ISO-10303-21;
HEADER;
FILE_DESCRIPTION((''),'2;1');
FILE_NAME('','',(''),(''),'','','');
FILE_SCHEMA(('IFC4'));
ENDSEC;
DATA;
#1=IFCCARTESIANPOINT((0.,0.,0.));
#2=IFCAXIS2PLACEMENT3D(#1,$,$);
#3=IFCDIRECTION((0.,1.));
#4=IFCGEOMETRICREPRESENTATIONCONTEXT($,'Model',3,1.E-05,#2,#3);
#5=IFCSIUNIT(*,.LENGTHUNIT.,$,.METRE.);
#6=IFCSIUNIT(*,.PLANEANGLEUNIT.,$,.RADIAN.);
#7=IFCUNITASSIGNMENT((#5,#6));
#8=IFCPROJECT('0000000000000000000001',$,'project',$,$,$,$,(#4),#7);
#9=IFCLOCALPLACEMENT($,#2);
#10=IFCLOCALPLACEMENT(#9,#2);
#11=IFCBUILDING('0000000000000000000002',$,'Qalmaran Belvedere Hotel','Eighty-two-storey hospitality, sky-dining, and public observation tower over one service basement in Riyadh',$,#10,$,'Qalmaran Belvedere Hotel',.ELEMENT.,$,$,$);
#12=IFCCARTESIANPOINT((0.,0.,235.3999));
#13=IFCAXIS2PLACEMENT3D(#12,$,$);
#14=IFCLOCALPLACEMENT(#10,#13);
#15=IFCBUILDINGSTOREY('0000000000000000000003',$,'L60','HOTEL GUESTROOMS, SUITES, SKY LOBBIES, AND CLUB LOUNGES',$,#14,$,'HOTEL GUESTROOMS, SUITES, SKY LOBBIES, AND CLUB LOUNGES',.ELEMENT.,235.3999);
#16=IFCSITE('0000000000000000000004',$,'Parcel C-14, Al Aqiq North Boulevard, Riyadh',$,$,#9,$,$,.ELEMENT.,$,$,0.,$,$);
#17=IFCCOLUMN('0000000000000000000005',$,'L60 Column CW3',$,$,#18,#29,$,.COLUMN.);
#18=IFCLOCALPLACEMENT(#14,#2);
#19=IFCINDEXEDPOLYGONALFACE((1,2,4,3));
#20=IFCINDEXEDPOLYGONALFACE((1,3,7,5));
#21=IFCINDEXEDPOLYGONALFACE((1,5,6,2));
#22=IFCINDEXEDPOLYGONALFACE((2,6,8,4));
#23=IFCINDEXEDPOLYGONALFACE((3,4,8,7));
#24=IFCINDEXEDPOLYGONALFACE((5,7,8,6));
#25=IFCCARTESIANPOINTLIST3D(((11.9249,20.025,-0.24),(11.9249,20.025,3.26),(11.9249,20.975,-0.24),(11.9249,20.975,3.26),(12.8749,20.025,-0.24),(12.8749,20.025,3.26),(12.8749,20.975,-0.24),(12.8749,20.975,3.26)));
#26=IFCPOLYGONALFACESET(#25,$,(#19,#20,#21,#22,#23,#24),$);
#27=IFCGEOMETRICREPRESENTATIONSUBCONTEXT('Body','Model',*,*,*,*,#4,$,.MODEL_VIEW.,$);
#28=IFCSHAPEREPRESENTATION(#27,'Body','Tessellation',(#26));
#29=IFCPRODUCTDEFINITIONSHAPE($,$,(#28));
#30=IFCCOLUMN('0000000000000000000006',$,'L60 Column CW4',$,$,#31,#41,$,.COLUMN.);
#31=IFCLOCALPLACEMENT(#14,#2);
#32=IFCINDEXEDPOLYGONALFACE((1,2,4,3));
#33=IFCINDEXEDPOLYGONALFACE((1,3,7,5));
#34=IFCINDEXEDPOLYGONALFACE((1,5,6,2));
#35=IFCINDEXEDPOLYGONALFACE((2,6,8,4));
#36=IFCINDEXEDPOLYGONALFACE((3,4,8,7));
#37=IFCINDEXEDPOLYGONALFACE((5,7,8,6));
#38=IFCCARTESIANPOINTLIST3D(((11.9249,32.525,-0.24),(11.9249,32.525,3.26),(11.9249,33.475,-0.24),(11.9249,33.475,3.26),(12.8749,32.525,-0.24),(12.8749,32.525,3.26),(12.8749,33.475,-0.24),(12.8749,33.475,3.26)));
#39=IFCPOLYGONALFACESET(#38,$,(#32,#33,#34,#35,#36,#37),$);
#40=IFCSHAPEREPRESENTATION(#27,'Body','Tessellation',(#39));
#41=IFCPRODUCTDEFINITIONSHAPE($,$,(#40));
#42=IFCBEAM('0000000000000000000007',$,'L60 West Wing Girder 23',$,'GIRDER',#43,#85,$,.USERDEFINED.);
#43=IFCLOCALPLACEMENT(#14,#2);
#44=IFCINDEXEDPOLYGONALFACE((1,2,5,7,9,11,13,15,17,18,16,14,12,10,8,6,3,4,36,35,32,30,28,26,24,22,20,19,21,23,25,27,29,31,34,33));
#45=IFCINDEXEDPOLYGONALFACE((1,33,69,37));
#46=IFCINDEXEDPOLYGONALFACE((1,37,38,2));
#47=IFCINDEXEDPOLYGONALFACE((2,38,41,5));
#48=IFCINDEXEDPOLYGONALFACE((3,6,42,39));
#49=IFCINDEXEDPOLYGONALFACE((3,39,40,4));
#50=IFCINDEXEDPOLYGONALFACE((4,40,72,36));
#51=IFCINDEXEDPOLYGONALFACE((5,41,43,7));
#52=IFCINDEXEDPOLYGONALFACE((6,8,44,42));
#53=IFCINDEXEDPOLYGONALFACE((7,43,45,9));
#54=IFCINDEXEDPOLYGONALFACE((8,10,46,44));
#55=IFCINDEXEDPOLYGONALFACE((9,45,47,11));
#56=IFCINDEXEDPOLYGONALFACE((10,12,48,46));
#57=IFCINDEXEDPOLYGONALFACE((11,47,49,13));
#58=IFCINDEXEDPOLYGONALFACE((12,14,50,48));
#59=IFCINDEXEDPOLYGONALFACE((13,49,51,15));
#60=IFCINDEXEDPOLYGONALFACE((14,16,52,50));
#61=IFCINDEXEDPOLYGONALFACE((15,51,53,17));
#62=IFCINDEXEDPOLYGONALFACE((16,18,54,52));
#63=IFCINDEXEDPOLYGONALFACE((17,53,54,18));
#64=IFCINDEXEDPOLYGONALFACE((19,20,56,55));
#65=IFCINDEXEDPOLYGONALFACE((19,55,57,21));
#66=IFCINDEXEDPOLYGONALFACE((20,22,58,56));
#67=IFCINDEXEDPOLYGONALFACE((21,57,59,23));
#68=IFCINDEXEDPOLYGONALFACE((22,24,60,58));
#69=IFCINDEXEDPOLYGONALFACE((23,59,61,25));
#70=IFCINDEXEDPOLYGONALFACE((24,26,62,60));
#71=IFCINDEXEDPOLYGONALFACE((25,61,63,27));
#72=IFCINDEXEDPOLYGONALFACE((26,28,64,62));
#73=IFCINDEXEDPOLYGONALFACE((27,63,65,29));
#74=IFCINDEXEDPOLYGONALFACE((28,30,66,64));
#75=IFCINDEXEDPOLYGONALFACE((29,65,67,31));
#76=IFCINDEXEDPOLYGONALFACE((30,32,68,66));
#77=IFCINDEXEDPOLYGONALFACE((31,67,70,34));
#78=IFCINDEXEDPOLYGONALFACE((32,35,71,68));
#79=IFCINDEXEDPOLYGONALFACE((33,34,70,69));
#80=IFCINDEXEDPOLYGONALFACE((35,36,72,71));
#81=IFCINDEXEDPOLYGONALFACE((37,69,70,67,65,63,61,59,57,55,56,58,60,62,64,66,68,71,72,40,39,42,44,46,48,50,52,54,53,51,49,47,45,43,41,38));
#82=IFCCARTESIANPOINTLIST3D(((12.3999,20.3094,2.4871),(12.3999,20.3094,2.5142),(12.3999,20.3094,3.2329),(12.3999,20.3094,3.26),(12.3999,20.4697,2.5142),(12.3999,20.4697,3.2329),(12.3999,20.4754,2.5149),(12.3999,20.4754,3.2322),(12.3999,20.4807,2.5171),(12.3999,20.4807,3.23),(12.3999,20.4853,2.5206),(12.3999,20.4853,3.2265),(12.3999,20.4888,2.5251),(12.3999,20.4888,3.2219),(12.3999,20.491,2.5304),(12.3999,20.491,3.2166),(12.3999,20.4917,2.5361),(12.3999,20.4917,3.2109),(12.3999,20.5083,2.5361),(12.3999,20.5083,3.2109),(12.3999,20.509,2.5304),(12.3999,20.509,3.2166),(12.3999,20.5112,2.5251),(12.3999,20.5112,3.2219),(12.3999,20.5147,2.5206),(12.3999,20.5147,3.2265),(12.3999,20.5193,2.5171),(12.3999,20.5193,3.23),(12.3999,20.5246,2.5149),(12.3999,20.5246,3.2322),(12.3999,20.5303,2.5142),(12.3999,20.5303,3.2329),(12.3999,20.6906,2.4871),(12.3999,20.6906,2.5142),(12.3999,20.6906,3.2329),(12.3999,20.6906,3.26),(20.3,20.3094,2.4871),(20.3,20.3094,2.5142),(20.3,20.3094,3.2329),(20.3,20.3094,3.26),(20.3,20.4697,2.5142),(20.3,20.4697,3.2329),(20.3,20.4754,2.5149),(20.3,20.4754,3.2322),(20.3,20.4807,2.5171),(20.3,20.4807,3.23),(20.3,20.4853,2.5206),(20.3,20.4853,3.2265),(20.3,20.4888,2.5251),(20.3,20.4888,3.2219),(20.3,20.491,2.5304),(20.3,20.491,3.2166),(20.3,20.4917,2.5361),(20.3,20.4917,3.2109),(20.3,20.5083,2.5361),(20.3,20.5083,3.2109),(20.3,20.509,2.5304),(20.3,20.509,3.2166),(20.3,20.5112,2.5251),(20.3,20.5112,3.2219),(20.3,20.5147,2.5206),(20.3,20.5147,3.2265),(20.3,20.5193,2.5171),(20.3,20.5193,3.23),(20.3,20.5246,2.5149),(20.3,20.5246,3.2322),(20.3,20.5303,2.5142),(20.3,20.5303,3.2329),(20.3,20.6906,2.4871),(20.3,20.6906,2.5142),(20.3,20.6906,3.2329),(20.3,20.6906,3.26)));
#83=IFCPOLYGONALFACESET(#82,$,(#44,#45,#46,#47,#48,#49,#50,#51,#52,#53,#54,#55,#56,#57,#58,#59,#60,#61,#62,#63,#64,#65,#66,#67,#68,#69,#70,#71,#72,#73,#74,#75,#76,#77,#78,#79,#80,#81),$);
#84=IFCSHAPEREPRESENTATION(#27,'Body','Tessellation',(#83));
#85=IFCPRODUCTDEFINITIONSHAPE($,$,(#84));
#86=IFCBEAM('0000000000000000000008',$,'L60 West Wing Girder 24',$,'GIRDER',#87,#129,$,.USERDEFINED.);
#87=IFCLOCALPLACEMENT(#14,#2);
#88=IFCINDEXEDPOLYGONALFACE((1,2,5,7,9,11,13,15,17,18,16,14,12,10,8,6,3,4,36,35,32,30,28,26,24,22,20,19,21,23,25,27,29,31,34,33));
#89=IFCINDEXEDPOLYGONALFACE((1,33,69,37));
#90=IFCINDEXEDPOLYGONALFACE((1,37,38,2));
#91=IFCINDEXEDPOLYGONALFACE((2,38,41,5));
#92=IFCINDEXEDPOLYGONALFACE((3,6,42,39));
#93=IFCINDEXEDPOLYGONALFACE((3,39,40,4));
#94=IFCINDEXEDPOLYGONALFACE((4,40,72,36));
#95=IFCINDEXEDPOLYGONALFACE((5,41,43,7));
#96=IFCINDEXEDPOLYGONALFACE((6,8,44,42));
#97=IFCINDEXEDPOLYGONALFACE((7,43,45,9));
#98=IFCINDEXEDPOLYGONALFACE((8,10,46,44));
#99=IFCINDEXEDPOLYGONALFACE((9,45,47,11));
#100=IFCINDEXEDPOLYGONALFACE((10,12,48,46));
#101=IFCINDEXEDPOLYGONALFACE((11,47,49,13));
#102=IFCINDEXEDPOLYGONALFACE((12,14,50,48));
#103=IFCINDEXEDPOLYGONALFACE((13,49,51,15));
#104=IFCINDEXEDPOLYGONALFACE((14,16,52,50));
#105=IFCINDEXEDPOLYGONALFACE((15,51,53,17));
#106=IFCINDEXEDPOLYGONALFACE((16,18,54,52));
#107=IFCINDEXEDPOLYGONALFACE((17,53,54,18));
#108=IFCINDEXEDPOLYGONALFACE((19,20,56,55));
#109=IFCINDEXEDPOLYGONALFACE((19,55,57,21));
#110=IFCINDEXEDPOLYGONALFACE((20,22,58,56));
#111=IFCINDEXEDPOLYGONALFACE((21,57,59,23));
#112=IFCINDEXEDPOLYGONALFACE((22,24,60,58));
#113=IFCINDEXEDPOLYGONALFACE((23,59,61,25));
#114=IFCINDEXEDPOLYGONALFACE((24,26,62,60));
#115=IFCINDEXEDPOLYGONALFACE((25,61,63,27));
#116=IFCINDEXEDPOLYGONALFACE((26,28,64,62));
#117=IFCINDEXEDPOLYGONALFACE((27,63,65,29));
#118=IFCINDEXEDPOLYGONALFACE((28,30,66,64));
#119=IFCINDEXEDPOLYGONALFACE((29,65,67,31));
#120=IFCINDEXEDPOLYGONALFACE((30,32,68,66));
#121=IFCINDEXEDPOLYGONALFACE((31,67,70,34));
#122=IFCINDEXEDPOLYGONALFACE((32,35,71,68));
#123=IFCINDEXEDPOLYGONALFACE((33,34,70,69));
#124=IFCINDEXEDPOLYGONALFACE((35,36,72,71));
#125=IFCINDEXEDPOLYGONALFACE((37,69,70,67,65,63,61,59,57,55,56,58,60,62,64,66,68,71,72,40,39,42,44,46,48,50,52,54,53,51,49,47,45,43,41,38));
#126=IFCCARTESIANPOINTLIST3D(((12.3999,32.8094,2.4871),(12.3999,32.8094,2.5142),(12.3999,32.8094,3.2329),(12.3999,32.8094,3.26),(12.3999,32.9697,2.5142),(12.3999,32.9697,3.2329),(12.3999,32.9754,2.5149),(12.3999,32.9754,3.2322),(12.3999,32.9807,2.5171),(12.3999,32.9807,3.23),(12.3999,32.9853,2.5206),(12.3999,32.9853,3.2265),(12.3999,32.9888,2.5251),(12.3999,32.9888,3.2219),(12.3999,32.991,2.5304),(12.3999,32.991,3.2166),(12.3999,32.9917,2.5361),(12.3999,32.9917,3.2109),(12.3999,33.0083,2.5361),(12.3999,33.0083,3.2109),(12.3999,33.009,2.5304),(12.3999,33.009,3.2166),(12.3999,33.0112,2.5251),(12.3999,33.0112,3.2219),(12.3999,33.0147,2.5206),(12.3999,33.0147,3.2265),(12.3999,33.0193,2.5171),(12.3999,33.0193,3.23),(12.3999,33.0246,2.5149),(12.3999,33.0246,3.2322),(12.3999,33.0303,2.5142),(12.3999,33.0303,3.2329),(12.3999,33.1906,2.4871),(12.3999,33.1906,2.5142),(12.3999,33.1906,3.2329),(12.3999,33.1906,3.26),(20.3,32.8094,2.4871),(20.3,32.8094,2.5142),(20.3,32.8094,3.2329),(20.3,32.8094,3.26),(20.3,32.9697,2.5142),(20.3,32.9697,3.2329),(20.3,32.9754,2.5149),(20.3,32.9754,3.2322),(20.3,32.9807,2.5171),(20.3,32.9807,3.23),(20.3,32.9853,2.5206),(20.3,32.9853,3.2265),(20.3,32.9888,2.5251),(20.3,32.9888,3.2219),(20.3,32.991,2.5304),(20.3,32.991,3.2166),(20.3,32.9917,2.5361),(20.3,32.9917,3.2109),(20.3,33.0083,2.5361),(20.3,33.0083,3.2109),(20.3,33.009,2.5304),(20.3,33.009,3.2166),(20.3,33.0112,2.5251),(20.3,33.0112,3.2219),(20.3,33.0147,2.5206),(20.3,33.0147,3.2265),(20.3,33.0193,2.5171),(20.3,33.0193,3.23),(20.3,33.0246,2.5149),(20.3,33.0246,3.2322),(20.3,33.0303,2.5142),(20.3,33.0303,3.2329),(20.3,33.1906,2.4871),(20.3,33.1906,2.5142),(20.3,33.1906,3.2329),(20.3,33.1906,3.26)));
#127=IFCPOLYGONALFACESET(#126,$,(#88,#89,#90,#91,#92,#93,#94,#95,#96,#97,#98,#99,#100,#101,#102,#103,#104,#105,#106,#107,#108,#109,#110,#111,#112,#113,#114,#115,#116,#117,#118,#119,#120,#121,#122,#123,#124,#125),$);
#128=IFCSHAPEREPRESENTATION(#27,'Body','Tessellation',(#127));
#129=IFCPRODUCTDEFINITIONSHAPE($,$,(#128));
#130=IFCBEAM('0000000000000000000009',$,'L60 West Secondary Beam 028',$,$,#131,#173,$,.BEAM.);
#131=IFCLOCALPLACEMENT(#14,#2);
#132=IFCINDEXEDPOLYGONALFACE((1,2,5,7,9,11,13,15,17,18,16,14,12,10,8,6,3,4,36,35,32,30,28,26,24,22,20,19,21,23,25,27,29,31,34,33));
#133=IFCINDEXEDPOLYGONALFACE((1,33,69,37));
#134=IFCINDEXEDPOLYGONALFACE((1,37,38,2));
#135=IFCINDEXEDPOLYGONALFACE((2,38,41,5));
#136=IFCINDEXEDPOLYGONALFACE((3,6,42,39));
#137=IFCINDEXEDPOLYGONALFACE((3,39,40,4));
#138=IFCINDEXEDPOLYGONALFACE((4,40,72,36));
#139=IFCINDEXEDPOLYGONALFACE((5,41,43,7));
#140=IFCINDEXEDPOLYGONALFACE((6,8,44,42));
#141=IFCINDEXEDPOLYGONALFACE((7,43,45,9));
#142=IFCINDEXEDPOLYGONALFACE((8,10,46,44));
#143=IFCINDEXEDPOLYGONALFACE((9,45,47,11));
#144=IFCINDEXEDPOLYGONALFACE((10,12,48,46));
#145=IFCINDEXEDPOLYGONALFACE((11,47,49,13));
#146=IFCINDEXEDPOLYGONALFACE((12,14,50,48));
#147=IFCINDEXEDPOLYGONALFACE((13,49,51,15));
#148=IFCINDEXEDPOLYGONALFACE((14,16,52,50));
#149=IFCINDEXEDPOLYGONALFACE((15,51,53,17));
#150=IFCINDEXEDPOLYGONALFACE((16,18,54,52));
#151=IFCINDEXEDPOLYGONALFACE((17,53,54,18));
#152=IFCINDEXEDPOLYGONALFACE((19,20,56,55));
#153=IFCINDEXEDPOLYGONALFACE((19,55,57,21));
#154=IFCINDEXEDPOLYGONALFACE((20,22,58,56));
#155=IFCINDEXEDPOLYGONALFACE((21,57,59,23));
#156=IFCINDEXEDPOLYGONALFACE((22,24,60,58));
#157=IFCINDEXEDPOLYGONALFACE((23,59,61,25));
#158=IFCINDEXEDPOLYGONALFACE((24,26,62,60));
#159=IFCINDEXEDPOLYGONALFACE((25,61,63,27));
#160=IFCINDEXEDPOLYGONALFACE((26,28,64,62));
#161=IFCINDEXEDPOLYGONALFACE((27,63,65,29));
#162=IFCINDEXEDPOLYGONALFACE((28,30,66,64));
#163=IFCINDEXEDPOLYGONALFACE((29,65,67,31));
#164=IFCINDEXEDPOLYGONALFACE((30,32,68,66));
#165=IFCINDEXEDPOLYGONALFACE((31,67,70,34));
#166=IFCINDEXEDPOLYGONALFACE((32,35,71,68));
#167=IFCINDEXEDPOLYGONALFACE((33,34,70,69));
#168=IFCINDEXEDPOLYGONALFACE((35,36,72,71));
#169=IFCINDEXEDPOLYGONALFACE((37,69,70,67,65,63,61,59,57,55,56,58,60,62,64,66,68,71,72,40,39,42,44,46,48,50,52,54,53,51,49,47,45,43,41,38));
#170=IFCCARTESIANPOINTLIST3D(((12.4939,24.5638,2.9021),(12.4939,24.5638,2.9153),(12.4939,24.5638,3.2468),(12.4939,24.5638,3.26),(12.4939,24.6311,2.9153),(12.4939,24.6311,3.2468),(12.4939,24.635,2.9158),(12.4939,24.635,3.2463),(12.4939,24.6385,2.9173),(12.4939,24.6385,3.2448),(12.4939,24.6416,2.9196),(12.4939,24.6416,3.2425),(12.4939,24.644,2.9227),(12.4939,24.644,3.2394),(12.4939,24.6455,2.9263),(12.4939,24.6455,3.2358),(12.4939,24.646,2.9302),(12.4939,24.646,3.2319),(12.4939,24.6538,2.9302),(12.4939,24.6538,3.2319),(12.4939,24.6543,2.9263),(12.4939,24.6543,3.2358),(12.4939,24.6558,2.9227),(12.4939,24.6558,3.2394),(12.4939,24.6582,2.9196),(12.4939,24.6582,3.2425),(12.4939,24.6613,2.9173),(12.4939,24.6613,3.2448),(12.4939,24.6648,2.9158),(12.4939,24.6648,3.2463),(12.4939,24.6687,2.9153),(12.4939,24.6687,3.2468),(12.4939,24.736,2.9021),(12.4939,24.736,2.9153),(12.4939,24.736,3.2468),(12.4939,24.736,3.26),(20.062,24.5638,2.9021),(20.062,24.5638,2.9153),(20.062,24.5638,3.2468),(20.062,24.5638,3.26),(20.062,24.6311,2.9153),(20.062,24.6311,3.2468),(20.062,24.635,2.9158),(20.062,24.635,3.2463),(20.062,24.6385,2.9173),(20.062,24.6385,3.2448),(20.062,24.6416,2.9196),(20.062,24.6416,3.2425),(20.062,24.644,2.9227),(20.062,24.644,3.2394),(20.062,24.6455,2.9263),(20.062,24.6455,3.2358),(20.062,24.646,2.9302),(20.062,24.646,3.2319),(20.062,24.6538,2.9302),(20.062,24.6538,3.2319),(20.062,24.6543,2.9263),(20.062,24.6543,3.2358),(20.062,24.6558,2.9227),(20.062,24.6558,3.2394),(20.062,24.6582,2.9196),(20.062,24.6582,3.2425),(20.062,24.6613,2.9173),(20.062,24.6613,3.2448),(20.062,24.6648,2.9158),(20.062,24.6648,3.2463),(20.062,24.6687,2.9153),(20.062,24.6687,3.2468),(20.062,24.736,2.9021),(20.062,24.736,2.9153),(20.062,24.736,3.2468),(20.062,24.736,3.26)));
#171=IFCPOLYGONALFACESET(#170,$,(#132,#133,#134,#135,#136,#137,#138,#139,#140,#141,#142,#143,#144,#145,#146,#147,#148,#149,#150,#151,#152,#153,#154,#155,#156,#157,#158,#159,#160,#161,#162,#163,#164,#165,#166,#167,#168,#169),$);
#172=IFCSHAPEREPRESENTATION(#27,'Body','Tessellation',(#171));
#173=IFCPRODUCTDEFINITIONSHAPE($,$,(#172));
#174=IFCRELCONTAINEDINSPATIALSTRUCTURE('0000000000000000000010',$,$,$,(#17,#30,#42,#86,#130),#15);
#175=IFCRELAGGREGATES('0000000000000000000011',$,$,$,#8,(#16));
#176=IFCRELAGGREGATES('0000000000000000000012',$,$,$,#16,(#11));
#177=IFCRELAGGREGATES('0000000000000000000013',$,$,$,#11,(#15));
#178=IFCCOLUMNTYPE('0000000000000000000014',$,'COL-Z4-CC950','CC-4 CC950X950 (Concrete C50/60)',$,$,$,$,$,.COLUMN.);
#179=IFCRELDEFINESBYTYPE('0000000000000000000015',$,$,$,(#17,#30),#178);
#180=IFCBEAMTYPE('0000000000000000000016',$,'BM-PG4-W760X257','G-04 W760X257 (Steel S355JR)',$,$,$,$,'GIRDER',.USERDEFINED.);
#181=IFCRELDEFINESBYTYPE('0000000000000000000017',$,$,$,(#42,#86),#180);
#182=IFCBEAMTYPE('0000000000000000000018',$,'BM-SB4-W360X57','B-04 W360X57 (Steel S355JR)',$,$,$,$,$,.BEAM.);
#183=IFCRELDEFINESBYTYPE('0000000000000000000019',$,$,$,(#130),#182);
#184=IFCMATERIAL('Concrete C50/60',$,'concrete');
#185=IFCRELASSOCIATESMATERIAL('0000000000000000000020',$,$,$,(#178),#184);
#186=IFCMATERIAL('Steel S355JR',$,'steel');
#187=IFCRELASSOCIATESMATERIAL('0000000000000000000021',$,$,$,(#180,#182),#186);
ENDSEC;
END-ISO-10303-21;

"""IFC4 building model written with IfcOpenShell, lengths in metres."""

from ifc_helpers import new_model, si_unit, direction, frame, origin, origin_2d, place, context, subcontext, project, spatial, rectangle, i_section, extrude, material, material_profile, profile_set, type_object, element, save


model = new_model("IFC4")

# Units and contexts
model_context = context("Model", 3, precision=1e-05, world=origin(), true_north=direction((0.0, 1.0)))
body_context = subcontext(model_context, "Body", "Model", "MODEL_VIEW")
ifc_project = project(units=[si_unit("LENGTHUNIT", "METRE"), si_unit("PLANEANGLEUNIT", "RADIAN")], contexts=[model_context])

# Site, building, storey
site_placement = place(None, origin())
site = spatial("IfcSite", under=ifc_project, at=site_placement, Name="Parcel C-14, Al Aqiq North Boulevard, Riyadh", CompositionType="ELEMENT", RefElevation=0.0)
building_placement = place(site_placement, origin())
building = spatial("IfcBuilding", under=site, at=building_placement, Name="Qalmaran Belvedere Hotel", Description="Eighty-two-storey hospitality, sky-dining, and public observation tower over one service basement in Riyadh", LongName="Qalmaran Belvedere Hotel", CompositionType="ELEMENT")
storey_placement = place(building_placement, frame((0.0, 0.0, 235.3999)))
storey = spatial("IfcBuildingStorey", under=building, at=storey_placement, Name="L60", Description="HOTEL GUESTROOMS, SUITES, SKY LOBBIES, AND CLUB LOUNGES", LongName="HOTEL GUESTROOMS, SUITES, SKY LOBBIES, AND CLUB LOUNGES", CompositionType="ELEMENT", Elevation=235.3999)

# Columns
ifc_material_1 = material(Name="Concrete C50/60", Category="concrete")
ifc_material_profile_1 = material_profile(ifc_material_1, rectangle(XDim=0.95, YDim=0.95, at=origin_2d()), Name="CC950X950")
ifc_profile_set_1 = profile_set([ifc_material_profile_1], Name="Concrete C50/60")
column_type = type_object("IfcColumnType", Name="COL-Z4-CC950", Description="CC-4 CC950X950 (Concrete C50/60)", PredefinedType="COLUMN", material=ifc_profile_set_1)
for number, where, z_axis, x_axis, name in (
    (1, (12.3999, 20.5, -0.24), (0.0, 0.0, 1.0), (1.0, 0.0, 0.0), "L60 Column CW3"),
    (2, (12.3999, 33.0, -0.24), (0.0, 0.0, 1.0), (1.0, 0.0, 0.0), "L60 Column CW4"),
):
    element("IfcColumn", number, at=place(storey_placement, frame(where, z_axis=z_axis, x_axis=x_axis)), inside=storey, type_object=column_type, Name=name, PredefinedType="COLUMN", context=body_context, shape_type="SweptSolid", body=[
        extrude(rectangle(XDim=0.95, YDim=0.95, at=origin_2d()), origin(), (0.0, 0.0, 1.0), 3.5),
    ])

# Beams
ifc_material_2 = material(Name="Steel S355JR", Category="steel")
ifc_material_profile_2 = material_profile(ifc_material_2, i_section(OverallWidth=0.3811, OverallDepth=0.7729, WebThickness=0.0166, FlangeThickness=0.0271, FilletRadius=0.022, at=origin_2d()), Name="W760X257")
ifc_profile_set_2 = profile_set([ifc_material_profile_2], Name="Steel S355JR")
beam_type_1 = type_object("IfcBeamType", Name="BM-PG4-W760X257", Description="G-04 W760X257 (Steel S355JR)", ElementType="GIRDER", PredefinedType="USERDEFINED", material=ifc_profile_set_2)
for number, where, z_axis, x_axis, name in (
    (3, (12.3999, 20.5, 2.8735), (1.0, 0.0, 0.0), (0.0, 1.0, 0.0), "L60 West Wing Girder 23"),
    (4, (12.3999, 33.0, 2.8735), (1.0, 0.0, 0.0), (0.0, 1.0, 0.0), "L60 West Wing Girder 24"),
):
    element("IfcBeam", number, at=place(storey_placement, frame(where, z_axis=z_axis, x_axis=x_axis)), inside=storey, type_object=beam_type_1, Name=name, ObjectType="GIRDER", PredefinedType="USERDEFINED", context=body_context, shape_type="SweptSolid", body=[
        extrude(i_section(OverallWidth=0.3811, OverallDepth=0.7729, WebThickness=0.0166, FlangeThickness=0.0271, FilletRadius=0.022, at=origin_2d()), origin(), (0.0, 0.0, 1.0), 7.9001),
    ])
ifc_material_profile_3 = material_profile(ifc_material_2, i_section(OverallWidth=0.1721, OverallDepth=0.3579, WebThickness=0.0078, FlangeThickness=0.0132, FilletRadius=0.0149, at=origin_2d()), Name="W360X57")
ifc_profile_set_3 = profile_set([ifc_material_profile_3], Name="Steel S355JR")
beam_type_2 = type_object("IfcBeamType", Name="BM-SB4-W360X57", Description="B-04 W360X57 (Steel S355JR)", PredefinedType="BEAM", material=ifc_profile_set_3)
for number, where, z_axis, x_axis, name in (
    (5, (12.4939, 24.6499, 3.0811), (1.0, 0.0, 0.0), (0.0, 1.0, 0.0), "L60 West Secondary Beam 028"),
):
    element("IfcBeam", number, at=place(storey_placement, frame(where, z_axis=z_axis, x_axis=x_axis)), inside=storey, type_object=beam_type_2, Name=name, PredefinedType="BEAM", context=body_context, shape_type="SweptSolid", body=[
        extrude(i_section(OverallWidth=0.1721, OverallDepth=0.3579, WebThickness=0.0078, FlangeThickness=0.0132, FilletRadius=0.0149, at=origin_2d()), origin(), (0.0, 0.0, 1.0), 7.5681),
    ])

save(model, "model.ifc")
